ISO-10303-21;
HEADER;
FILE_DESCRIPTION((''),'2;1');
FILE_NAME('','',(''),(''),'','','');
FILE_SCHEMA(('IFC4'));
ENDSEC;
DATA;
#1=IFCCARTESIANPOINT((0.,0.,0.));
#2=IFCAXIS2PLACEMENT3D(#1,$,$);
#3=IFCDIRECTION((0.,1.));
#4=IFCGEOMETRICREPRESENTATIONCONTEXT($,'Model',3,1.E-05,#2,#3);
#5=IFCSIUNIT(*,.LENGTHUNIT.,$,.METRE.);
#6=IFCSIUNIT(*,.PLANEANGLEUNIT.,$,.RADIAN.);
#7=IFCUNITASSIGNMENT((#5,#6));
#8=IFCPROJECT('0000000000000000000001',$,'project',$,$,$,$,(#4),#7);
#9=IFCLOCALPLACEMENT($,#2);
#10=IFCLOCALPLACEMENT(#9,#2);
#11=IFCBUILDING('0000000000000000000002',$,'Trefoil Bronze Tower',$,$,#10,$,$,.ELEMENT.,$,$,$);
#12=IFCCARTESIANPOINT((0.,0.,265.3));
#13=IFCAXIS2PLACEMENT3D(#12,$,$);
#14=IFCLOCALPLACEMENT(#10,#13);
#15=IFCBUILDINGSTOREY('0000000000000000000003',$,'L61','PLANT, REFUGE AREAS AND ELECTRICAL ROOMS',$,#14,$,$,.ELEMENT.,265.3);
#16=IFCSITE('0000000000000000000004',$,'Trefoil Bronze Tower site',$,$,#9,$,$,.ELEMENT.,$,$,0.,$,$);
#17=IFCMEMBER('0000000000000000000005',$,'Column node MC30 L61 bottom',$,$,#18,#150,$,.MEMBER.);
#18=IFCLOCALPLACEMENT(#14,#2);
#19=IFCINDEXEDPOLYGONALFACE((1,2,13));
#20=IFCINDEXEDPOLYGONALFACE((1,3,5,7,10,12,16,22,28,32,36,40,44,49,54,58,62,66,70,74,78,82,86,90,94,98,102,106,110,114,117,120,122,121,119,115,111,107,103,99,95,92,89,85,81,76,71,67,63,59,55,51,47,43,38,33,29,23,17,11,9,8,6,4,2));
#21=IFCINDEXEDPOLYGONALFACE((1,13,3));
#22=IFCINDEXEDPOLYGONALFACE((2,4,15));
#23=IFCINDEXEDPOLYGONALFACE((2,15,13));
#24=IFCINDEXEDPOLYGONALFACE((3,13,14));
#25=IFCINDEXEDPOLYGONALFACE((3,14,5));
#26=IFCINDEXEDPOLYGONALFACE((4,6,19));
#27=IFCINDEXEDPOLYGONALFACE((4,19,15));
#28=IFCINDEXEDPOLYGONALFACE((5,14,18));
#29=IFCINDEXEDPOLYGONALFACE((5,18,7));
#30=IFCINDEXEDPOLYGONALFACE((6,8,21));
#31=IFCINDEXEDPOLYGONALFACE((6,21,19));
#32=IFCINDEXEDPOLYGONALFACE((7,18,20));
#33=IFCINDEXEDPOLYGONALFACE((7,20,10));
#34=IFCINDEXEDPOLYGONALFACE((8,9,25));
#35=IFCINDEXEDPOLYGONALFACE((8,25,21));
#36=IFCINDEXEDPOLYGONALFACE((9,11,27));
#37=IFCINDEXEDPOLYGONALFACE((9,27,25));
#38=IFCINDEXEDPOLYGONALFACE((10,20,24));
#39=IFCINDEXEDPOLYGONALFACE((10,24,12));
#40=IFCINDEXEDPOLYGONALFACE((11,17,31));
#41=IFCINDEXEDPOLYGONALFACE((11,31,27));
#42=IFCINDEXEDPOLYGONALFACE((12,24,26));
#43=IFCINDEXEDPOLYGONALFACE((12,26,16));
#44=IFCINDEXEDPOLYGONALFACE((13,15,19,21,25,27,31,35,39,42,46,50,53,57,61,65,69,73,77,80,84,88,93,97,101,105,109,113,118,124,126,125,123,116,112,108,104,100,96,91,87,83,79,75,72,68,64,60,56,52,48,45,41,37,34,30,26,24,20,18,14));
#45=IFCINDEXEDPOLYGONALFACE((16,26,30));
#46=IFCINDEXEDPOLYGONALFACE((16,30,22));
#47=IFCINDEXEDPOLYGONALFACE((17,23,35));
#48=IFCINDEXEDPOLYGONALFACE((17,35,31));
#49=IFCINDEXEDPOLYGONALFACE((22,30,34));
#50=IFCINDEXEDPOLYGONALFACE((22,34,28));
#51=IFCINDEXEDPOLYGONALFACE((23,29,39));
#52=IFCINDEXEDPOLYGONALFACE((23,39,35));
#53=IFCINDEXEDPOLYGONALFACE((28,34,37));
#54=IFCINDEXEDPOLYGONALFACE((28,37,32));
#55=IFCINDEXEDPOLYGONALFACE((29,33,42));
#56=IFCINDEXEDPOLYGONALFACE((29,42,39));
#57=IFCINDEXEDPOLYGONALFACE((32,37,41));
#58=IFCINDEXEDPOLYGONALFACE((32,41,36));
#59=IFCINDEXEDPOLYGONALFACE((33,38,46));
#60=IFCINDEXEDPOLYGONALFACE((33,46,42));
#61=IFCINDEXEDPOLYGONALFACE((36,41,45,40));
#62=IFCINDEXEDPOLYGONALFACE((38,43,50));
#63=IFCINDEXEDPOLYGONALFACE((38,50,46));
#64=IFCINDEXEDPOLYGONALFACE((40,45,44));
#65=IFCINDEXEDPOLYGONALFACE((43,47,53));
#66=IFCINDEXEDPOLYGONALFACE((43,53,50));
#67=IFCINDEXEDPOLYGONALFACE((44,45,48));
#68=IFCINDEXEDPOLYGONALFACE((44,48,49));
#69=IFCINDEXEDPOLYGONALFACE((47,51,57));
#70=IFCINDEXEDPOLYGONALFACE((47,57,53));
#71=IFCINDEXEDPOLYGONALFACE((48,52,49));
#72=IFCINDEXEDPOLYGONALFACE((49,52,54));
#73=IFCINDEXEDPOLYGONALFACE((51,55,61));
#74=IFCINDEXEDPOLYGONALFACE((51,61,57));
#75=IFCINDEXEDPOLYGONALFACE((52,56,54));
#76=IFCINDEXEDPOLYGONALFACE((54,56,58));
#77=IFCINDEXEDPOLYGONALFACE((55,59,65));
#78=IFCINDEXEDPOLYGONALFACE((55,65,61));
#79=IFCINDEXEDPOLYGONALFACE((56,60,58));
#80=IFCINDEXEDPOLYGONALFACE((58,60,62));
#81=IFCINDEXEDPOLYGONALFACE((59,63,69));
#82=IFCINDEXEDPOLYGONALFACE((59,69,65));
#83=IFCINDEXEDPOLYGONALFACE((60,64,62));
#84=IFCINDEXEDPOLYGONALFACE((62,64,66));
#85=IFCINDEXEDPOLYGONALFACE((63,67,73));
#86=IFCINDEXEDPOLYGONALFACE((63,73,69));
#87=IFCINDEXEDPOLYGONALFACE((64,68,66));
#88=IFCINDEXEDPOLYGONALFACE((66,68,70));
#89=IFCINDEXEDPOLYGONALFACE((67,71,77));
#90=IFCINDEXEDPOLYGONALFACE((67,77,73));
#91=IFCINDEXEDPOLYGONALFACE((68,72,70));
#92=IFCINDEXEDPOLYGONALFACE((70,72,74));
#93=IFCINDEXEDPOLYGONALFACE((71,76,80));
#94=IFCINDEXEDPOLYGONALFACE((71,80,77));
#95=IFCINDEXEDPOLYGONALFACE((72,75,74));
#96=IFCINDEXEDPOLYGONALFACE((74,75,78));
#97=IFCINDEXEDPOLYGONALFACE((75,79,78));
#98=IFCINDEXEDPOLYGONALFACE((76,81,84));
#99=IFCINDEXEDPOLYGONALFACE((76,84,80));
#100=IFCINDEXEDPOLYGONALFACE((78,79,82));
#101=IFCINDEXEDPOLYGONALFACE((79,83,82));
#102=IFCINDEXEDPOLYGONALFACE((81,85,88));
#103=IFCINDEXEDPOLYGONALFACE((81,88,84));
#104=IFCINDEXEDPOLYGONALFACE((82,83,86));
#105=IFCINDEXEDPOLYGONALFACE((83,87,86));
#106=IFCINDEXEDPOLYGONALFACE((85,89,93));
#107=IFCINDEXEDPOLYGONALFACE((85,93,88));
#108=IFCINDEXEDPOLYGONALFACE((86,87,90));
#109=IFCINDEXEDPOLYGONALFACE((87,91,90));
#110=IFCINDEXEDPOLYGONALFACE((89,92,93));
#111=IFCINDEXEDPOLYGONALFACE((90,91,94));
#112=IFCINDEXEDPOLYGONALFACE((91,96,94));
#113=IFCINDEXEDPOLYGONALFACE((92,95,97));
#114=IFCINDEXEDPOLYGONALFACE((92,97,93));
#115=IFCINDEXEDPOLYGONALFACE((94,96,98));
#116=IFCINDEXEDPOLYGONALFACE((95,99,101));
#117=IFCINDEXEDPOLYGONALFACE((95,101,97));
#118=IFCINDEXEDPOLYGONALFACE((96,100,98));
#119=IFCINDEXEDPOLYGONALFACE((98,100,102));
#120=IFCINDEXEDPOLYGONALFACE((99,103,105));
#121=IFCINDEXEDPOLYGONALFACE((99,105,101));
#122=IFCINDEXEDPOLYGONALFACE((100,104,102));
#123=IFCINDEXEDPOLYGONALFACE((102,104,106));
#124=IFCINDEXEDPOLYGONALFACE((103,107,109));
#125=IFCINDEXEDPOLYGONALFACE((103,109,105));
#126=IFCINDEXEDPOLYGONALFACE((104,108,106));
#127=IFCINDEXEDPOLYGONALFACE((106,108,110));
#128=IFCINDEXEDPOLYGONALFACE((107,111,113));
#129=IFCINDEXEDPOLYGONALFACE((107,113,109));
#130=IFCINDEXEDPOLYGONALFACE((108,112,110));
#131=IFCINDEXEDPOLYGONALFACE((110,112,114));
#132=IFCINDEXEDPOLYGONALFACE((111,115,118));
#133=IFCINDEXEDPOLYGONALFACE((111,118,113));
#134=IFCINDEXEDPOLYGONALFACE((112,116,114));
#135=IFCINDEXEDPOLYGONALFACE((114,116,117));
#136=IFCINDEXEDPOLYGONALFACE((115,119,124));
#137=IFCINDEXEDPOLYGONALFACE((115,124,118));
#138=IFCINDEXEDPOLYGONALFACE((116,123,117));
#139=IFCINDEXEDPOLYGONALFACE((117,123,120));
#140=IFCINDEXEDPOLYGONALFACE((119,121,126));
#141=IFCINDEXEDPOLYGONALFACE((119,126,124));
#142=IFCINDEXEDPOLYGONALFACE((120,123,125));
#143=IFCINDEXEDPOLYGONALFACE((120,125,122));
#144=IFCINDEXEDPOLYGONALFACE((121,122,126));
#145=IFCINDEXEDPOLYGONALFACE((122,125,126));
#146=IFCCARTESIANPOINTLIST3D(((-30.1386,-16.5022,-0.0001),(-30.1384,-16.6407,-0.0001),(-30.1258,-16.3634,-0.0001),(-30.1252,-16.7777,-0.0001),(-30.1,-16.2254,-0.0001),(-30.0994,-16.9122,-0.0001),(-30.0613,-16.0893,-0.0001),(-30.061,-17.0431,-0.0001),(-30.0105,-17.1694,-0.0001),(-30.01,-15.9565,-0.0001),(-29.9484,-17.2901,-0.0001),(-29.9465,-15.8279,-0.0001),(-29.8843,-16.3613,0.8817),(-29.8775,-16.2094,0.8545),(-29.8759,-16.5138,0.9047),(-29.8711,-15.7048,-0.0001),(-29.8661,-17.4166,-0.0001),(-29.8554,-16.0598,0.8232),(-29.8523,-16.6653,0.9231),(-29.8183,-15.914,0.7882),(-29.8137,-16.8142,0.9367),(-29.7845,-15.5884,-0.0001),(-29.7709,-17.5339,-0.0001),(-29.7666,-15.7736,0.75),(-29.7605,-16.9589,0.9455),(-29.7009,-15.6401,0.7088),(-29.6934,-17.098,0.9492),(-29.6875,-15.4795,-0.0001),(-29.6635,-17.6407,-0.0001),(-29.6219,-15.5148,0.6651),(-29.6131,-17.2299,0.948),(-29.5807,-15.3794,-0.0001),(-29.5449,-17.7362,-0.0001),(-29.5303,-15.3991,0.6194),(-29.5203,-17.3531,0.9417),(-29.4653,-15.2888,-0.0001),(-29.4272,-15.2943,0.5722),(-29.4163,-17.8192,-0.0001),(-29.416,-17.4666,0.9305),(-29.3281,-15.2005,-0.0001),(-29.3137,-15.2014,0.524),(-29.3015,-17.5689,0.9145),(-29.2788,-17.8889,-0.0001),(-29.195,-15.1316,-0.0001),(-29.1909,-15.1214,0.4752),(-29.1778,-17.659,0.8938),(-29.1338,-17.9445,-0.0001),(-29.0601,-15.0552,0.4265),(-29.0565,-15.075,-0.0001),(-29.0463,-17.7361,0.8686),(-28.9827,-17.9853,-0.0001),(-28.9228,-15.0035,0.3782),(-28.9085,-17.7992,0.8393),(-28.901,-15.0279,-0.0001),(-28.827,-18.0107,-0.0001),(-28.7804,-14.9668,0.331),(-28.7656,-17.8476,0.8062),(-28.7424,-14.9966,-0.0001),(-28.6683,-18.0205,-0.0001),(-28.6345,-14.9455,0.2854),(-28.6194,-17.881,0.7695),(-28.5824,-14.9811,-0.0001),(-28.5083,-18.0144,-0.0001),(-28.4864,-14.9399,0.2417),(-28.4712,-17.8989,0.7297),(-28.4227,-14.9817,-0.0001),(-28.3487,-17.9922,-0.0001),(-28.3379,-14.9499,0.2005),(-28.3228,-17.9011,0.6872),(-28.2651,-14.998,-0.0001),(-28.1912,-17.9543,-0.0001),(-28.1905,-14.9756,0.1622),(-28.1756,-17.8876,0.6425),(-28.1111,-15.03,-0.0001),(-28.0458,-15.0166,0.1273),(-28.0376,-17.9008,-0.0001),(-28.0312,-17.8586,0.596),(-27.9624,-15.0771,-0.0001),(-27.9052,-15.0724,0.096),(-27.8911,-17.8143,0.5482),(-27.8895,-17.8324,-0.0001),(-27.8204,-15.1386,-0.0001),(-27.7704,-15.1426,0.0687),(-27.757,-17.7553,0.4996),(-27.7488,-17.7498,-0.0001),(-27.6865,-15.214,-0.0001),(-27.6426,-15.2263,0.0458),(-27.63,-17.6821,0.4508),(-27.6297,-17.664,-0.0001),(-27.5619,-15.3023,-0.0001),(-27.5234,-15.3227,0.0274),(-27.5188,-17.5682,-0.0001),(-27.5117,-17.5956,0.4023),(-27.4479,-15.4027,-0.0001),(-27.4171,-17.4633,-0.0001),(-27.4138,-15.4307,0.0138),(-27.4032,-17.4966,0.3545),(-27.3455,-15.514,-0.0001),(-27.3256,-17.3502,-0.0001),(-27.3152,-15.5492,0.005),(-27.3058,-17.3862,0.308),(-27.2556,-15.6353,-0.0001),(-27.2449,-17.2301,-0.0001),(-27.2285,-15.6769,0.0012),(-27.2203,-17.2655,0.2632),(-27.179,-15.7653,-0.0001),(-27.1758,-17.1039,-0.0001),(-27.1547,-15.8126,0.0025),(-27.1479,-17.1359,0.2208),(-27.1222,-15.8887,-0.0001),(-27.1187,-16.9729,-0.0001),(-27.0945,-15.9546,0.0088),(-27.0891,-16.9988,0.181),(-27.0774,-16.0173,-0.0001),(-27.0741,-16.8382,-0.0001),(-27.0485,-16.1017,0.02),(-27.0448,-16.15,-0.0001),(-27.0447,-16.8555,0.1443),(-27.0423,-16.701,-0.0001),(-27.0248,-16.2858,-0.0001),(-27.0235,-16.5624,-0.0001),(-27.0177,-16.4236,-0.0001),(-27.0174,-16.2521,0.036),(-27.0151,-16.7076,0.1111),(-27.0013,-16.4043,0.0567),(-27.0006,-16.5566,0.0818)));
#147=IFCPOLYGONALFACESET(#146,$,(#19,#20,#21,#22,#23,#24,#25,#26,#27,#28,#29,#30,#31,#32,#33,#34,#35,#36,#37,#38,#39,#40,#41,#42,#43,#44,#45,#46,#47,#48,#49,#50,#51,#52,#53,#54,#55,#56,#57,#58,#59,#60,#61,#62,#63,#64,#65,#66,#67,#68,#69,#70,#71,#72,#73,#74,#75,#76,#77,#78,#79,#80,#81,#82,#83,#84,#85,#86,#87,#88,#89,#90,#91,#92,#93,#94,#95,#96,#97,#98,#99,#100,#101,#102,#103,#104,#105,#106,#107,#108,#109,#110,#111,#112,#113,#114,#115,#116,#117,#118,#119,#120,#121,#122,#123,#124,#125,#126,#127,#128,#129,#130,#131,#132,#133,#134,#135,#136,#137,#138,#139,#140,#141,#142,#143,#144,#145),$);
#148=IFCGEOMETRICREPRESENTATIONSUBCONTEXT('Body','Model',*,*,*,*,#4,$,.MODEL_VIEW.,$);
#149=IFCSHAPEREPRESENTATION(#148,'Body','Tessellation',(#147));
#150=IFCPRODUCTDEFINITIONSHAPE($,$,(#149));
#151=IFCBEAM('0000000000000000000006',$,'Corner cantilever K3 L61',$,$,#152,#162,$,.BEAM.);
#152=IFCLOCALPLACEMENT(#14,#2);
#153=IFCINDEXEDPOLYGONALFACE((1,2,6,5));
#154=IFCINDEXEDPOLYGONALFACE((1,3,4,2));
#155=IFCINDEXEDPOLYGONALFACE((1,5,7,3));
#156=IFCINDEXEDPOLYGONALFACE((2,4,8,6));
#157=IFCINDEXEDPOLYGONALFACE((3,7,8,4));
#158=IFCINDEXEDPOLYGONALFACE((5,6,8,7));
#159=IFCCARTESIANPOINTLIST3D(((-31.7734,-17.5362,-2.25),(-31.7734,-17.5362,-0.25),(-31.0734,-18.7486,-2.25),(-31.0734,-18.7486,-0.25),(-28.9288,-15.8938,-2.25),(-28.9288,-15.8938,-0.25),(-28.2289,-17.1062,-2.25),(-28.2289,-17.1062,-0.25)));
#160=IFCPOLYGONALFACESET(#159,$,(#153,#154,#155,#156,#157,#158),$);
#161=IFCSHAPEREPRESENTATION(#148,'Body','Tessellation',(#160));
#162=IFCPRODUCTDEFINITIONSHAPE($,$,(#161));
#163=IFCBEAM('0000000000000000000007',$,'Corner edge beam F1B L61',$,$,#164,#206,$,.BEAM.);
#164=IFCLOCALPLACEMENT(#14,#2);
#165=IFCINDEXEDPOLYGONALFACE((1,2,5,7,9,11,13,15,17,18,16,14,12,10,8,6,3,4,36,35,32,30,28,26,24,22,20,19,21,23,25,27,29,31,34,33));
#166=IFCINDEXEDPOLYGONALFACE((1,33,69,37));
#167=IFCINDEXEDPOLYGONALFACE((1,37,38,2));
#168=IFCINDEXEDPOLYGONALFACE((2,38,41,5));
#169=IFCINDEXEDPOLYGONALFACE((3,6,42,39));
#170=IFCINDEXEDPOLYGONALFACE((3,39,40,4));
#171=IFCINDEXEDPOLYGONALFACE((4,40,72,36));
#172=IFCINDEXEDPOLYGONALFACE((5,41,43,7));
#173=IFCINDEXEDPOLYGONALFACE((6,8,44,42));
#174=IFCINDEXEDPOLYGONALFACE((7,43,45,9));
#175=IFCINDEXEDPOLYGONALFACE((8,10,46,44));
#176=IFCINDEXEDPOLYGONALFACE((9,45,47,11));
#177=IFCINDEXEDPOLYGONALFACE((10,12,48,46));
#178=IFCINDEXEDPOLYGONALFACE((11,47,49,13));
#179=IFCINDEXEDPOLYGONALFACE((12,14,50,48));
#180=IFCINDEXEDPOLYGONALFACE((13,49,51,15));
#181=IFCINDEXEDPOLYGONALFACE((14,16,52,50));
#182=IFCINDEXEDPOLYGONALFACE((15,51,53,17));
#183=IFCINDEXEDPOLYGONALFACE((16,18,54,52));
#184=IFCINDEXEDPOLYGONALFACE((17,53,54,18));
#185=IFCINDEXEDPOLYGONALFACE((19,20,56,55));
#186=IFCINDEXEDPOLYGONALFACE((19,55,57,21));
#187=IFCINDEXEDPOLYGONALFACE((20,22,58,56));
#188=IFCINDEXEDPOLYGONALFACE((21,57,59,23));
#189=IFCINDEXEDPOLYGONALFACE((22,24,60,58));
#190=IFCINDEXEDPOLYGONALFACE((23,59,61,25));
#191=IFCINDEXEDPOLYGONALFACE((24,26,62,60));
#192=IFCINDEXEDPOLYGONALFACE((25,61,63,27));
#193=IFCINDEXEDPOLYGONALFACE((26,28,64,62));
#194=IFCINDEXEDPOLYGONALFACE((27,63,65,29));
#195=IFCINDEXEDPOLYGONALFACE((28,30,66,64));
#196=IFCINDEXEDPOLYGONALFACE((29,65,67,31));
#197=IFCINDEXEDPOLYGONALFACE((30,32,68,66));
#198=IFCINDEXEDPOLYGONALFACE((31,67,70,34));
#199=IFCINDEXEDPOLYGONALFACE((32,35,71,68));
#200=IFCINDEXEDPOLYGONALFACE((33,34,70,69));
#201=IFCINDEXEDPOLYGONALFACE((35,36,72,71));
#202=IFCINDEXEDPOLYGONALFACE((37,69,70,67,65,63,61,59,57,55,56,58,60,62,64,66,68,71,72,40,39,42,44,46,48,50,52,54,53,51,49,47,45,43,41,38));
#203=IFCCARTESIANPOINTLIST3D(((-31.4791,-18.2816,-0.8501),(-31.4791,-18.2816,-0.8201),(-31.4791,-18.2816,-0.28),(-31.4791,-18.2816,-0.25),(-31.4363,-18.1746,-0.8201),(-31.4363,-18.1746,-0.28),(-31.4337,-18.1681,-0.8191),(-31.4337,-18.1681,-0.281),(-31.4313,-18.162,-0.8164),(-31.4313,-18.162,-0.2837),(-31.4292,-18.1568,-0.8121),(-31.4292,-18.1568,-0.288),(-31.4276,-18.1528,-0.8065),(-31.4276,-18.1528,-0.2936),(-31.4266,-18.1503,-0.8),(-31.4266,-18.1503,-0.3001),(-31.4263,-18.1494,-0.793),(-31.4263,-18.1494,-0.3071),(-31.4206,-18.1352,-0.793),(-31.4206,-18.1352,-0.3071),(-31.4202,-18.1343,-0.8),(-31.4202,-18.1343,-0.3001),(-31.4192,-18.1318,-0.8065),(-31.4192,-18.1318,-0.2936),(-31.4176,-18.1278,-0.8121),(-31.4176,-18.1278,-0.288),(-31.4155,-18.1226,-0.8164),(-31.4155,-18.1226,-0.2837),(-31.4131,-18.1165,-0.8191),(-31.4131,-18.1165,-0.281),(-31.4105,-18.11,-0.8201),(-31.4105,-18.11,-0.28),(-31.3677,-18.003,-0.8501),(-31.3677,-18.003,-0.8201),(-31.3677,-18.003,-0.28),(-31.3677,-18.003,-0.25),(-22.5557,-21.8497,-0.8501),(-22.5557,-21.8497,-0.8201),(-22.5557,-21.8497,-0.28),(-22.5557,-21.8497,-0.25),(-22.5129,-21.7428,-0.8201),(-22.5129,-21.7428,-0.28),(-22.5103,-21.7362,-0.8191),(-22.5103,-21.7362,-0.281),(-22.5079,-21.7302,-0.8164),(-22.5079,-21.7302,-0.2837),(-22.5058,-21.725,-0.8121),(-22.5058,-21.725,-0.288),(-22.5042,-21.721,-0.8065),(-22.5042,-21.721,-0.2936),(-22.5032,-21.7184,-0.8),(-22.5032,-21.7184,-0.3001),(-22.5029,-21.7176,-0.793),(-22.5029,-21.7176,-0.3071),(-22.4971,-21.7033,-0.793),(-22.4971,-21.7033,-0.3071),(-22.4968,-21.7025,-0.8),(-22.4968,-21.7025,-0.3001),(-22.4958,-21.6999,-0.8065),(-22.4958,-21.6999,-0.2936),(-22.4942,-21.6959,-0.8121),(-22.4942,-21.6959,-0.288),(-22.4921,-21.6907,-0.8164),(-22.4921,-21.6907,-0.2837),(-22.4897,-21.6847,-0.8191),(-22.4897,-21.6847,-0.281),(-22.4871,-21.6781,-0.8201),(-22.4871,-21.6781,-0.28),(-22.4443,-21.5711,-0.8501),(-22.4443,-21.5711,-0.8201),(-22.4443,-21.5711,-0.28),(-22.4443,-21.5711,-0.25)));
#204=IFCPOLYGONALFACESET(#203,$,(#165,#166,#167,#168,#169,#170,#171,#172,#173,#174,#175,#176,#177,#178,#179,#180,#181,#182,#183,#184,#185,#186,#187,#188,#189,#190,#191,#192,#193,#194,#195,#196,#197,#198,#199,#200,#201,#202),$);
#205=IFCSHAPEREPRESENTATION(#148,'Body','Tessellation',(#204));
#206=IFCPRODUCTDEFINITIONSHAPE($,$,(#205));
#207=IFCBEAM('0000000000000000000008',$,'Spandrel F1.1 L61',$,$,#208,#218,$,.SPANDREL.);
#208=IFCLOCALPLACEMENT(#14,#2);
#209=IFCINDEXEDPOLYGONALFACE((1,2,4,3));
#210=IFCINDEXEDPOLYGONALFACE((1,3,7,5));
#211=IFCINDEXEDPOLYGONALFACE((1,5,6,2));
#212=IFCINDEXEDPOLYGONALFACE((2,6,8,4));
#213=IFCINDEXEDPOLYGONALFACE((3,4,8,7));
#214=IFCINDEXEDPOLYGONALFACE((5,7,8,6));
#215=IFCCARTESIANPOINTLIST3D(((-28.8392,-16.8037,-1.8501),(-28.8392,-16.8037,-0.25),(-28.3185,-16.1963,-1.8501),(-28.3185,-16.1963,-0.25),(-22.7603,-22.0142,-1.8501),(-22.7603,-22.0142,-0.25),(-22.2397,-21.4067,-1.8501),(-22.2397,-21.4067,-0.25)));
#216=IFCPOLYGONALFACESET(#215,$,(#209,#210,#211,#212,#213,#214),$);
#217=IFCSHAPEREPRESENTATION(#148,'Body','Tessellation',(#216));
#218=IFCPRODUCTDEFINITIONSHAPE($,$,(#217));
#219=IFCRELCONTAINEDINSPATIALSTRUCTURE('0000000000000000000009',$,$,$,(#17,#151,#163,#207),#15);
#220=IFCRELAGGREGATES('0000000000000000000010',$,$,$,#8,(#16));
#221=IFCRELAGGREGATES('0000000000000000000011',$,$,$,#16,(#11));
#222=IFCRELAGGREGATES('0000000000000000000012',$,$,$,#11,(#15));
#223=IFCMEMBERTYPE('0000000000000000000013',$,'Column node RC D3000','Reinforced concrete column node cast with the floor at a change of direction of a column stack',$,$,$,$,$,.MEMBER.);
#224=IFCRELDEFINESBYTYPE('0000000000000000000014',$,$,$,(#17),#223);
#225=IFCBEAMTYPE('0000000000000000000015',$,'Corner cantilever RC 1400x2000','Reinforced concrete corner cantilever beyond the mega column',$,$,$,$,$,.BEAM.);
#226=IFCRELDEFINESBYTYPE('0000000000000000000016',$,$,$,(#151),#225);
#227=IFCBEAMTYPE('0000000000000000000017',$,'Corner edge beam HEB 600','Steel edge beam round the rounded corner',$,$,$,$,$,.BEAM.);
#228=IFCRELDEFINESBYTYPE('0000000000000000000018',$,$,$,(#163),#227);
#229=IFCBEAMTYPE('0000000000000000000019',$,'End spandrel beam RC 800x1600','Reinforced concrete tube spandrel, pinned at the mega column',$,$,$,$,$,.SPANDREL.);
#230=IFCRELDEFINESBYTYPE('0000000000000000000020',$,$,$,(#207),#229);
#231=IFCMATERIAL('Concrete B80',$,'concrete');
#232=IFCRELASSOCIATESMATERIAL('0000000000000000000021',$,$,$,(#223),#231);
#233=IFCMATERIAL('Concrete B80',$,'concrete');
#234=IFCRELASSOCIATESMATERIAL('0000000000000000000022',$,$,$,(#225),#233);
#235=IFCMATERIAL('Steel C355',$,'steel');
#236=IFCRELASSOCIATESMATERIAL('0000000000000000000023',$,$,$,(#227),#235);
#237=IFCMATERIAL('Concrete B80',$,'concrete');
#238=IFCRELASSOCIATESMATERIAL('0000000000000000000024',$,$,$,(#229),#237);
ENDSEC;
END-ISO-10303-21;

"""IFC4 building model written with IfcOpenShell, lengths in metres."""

from ifc_helpers import new_model, si_unit, direction, frame, origin, origin_2d, place, context, subcontext, project, spatial, rectangle, circle, i_section, extrude, clip, halfspace, material, material_profile, profile_set, type_object, element, save


model = new_model("IFC4")

# Units and contexts
model_context = context("Model", 3, precision=1e-05, world=origin(), true_north=direction((0.0, 1.0)))
body_context = subcontext(model_context, "Body", "Model", "MODEL_VIEW")
ifc_project = project(units=[si_unit("LENGTHUNIT", "METRE"), si_unit("PLANEANGLEUNIT", "RADIAN")], contexts=[model_context])

# Site, building, storey
site_placement = place(None, origin())
site = spatial("IfcSite", under=ifc_project, at=site_placement, Name="Trefoil Bronze Tower site", CompositionType="ELEMENT", RefElevation=0.0)
building_placement = place(site_placement, origin())
building = spatial("IfcBuilding", under=site, at=building_placement, Name="Trefoil Bronze Tower", CompositionType="ELEMENT")
storey_placement = place(building_placement, frame((0.0, 0.0, 265.3)))
storey = spatial("IfcBuildingStorey", under=building, at=storey_placement, Name="L61", Description="PLANT, REFUGE AREAS AND ELECTRICAL ROOMS", CompositionType="ELEMENT", Elevation=265.3)

# Member
ifc_material_1 = material(Name="Concrete B80", Category="concrete")
ifc_material_profile_1 = material_profile(ifc_material_1, circle(Radius=1.5, at=origin_2d()), Name="RC D3000")
ifc_profile_set_1 = profile_set([ifc_material_profile_1], Name="Concrete B80")
member_type = type_object("IfcMemberType", Name="Column node RC D3000", Description="Reinforced concrete column node cast with the floor at a change of direction of a column stack", PredefinedType="MEMBER", material=ifc_profile_set_1)
member_1_placement = place(storey_placement, frame((-28.7161, -16.5791, -0.4753), z_axis=(0.273849, 0.157877, 0.948726), x_axis=(-0.499456, 0.86634, 0.0)))
element("IfcMember", 1, at=member_1_placement, inside=storey, type_object=member_type, Name="Column node MC30 L61 bottom", PredefinedType="MEMBER", context=body_context, shape_type="Clipping", body=[
    clip(extrude(circle(Radius=1.5, at=origin_2d()), origin(), (0.0, 0.0, 1.0), 1.002), halfspace(frame((0.0, 0.0, 0.501), z_axis=(0.0, 0.316099, 0.948726), x_axis=(0.0, 0.948726, -0.316099)), True)),
])

# Beams
ifc_material_2 = material(Name="Concrete B80", Category="concrete")
ifc_material_profile_2 = material_profile(ifc_material_2, rectangle(XDim=1.3999, YDim=2.0, at=origin_2d()), Name="RC 1400x2000")
ifc_profile_set_2 = profile_set([ifc_material_profile_2], Name="Concrete B80")
beam_type_1 = type_object("IfcBeamType", Name="Corner cantilever RC 1400x2000", Description="Reinforced concrete corner cantilever beyond the mega column", PredefinedType="BEAM", material=ifc_profile_set_2)
beam_1_placement = place(storey_placement, frame((-28.5789, -16.5, -1.25), z_axis=(-0.866016, -0.500016, 0.0), x_axis=(0.500016, -0.866016, 0.0)))
element("IfcBeam", 2, at=beam_1_placement, inside=storey, type_object=beam_type_1, Name="Corner cantilever K3 L61", PredefinedType="BEAM", context=body_context, shape_type="SweptSolid", body=[
    extrude(rectangle(XDim=1.3999, YDim=2.0, at=origin_2d()), origin(), (0.0, 0.0, 1.0), 3.2847),
])
ifc_material_3 = material(Name="Steel C355", Category="steel")
ifc_material_profile_3 = material_profile(ifc_material_3, i_section(OverallWidth=0.3, OverallDepth=0.6001, WebThickness=0.0154, FlangeThickness=0.03, FilletRadius=0.0271, at=origin_2d()), Name="HEB 600")
ifc_profile_set_3 = profile_set([ifc_material_profile_3], Name="Steel C355")
beam_type_2 = type_object("IfcBeamType", Name="Corner edge beam HEB 600", Description="Steel edge beam round the rounded corner", PredefinedType="BEAM", material=ifc_profile_set_3)
beam_2_placement = place(storey_placement, frame((-22.5, -21.7104, -0.55), z_axis=(-0.92852, 0.371281, 0.0), x_axis=(-0.371281, -0.92852, 0.0)))
element("IfcBeam", 3, at=beam_2_placement, inside=storey, type_object=beam_type_2, Name="Corner edge beam F1B L61", PredefinedType="BEAM", context=body_context, shape_type="SweptSolid", body=[
    extrude(i_section(OverallWidth=0.3, OverallDepth=0.6001, WebThickness=0.0154, FlangeThickness=0.03, FilletRadius=0.0271, at=origin_2d()), origin(), (0.0, 0.0, 1.0), 9.6104),
])
ifc_material_4 = material(Name="Concrete B80", Category="concrete")
ifc_material_profile_4 = material_profile(ifc_material_4, rectangle(XDim=0.8, YDim=1.6001, at=origin_2d()), Name="RC 800x1600")
ifc_profile_set_4 = profile_set([ifc_material_profile_4], Name="Concrete B80")
beam_type_3 = type_object("IfcBeamType", Name="End spandrel beam RC 800x1600", Description="Reinforced concrete tube spandrel, pinned at the mega column", PredefinedType="SPANDREL", material=ifc_profile_set_4)
beam_3_placement = place(storey_placement, frame((-28.5789, -16.5, -1.05), z_axis=(0.759257, -0.650791, 0.0), x_axis=(0.650791, 0.759257, 0.0)))
element("IfcBeam", 4, at=beam_3_placement, inside=storey, type_object=beam_type_3, Name="Spandrel F1.1 L61", PredefinedType="SPANDREL", context=body_context, shape_type="SweptSolid", body=[
    extrude(rectangle(XDim=0.8, YDim=1.6001, at=origin_2d()), origin(), (0.0, 0.0, 1.0), 8.0063),
])

save(model, "model.ifc")
